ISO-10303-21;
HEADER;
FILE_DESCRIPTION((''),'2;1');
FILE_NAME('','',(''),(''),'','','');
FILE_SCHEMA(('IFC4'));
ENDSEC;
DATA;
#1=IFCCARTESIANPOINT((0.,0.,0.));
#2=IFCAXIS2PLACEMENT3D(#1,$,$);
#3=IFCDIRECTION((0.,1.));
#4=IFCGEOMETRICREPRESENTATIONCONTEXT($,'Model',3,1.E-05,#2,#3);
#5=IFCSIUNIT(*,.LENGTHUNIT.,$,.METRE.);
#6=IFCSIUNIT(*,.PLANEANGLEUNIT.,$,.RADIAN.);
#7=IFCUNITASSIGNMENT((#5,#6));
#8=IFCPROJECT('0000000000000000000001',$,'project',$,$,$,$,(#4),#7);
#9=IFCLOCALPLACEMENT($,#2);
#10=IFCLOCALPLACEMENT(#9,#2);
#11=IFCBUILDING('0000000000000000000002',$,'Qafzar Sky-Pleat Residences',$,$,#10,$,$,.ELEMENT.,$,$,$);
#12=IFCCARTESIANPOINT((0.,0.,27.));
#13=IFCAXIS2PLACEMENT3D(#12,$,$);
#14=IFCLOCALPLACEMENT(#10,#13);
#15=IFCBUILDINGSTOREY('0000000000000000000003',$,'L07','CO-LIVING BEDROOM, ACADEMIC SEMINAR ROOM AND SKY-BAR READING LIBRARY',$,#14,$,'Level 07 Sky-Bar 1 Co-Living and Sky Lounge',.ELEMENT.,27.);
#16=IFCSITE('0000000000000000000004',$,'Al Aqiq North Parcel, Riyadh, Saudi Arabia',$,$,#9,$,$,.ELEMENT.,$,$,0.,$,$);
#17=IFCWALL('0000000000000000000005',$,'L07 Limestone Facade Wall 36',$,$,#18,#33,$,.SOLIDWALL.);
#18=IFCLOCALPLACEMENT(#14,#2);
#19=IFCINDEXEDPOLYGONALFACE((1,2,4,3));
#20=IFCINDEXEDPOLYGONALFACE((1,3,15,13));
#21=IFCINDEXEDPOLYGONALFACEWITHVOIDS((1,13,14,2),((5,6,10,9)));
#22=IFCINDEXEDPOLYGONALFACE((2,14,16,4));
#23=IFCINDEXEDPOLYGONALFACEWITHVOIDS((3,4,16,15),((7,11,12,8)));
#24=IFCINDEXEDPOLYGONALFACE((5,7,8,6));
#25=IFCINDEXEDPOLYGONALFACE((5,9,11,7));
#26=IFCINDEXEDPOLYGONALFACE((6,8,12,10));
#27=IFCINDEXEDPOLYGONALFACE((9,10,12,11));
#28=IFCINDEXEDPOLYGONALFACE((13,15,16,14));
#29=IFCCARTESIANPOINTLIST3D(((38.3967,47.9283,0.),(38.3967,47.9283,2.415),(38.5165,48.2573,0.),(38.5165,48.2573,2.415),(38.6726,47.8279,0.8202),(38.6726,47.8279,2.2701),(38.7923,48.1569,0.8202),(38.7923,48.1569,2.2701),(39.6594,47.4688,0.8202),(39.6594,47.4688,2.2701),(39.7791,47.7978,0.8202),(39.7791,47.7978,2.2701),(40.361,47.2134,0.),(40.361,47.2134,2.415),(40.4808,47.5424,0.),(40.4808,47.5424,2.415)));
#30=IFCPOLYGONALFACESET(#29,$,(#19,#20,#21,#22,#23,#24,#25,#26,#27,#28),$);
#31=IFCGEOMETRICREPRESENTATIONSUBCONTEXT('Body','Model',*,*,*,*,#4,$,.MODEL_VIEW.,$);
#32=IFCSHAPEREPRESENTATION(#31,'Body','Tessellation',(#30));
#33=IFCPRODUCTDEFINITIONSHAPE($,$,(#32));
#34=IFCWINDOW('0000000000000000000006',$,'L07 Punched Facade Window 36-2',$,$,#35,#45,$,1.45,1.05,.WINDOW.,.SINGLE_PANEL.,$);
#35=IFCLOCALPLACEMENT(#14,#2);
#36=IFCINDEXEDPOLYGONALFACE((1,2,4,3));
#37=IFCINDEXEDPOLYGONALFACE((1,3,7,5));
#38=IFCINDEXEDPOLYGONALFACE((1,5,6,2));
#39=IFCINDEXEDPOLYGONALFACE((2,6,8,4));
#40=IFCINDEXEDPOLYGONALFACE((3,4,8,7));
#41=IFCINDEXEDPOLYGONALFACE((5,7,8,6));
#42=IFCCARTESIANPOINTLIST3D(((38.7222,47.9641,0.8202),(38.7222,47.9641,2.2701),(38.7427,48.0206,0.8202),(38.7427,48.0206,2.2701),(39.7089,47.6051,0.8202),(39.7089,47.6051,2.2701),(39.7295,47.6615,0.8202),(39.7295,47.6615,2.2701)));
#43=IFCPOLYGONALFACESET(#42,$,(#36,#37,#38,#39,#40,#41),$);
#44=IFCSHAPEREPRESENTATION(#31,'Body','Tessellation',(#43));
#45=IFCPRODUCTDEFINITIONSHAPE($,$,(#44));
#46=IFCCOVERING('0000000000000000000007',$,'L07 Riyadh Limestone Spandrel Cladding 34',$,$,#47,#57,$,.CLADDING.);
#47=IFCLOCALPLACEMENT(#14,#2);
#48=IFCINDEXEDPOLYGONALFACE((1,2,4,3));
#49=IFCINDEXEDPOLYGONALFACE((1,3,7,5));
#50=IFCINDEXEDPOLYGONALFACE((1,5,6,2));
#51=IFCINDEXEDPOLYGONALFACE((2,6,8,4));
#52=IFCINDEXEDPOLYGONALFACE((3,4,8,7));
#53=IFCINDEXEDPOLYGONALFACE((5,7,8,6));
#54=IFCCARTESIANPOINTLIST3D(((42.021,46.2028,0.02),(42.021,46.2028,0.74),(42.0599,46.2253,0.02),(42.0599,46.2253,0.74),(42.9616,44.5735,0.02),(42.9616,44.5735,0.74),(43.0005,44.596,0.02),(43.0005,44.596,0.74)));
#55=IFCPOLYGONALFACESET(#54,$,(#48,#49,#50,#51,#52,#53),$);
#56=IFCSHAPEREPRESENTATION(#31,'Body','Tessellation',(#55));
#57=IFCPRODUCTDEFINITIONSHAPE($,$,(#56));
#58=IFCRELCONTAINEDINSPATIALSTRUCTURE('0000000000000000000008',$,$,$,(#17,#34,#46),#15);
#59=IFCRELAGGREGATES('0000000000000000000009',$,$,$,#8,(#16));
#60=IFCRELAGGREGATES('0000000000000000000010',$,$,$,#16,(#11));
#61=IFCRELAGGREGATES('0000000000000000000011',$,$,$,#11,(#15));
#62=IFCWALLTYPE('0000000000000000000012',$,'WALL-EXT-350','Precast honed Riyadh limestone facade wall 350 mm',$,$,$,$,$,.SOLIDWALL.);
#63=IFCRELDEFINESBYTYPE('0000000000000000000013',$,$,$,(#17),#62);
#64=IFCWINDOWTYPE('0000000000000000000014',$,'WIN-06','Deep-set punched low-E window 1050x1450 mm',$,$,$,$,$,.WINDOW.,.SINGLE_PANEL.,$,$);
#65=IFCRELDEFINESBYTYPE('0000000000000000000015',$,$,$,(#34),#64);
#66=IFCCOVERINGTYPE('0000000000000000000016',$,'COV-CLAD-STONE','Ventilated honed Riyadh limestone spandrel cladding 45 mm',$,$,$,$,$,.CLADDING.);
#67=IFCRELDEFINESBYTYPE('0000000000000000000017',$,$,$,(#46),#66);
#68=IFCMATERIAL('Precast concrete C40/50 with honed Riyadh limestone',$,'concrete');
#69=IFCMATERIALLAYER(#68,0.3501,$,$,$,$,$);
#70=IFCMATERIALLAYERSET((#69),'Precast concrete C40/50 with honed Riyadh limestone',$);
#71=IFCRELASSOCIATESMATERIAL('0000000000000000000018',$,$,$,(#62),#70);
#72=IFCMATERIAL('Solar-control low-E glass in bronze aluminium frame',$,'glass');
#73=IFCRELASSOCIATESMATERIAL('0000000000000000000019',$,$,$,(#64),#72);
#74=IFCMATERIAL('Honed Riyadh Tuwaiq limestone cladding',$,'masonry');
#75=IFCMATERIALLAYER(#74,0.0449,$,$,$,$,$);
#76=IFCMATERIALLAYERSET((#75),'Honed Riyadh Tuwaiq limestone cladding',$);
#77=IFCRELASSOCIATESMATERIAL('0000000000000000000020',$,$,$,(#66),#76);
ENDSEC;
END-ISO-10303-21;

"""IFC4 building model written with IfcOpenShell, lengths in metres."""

from ifc_helpers import new_model, si_unit, direction, frame, frame_2d, origin, origin_2d, place, context, subcontext, project, spatial, rectangle, extrude, source, transform, mapped, material, layer, layer_set, type_object, element, fill, save


model = new_model("IFC4")

# Units and contexts
model_context = context("Model", 3, precision=1e-05, world=origin(), true_north=direction((0.0, 1.0)))
body_context = subcontext(model_context, "Body", "Model", "MODEL_VIEW")
ifc_project = project(units=[si_unit("LENGTHUNIT", "METRE"), si_unit("PLANEANGLEUNIT", "RADIAN")], contexts=[model_context])

# Site, building, storey
site_placement = place(None, origin())
site = spatial("IfcSite", under=ifc_project, at=site_placement, Name="Al Aqiq North Parcel, Riyadh, Saudi Arabia", CompositionType="ELEMENT", RefElevation=0.0)
building_placement = place(site_placement, origin())
building = spatial("IfcBuilding", under=site, at=building_placement, Name="Qafzar Sky-Pleat Residences", CompositionType="ELEMENT")
storey_placement = place(building_placement, frame((0.0, 0.0, 27.0)))
storey = spatial("IfcBuildingStorey", under=building, at=storey_placement, Name="L07", Description="CO-LIVING BEDROOM, ACADEMIC SEMINAR ROOM AND SKY-BAR READING LIBRARY", LongName="Level 07 Sky-Bar 1 Co-Living and Sky Lounge", CompositionType="ELEMENT", Elevation=27.0)

# Wall, opening, window
ifc_material_1 = material(Name="Precast concrete C40/50 with honed Riyadh limestone", Category="concrete")
ifc_layer_1 = layer(ifc_material_1, 0.3501)
ifc_layer_set_1 = layer_set([ifc_layer_1], Name="Precast concrete C40/50 with honed Riyadh limestone")
wall_type_1 = type_object("IfcWallType", Name="WALL-EXT-350", Description="Precast honed Riyadh limestone facade wall 350 mm", PredefinedType="SOLIDWALL", material=ifc_layer_set_1)
ifc_material_2 = material(Name="Solar-control low-E glass in bronze aluminium frame", Category="glass")
wall_1_placement = place(storey_placement, frame((40.4209, 47.3779, 0.0), z_axis=(0.0, 0.0, 1.0), x_axis=(-0.939712, 0.341968, 0.0)))
wall_1 = element("IfcWall", 1, at=wall_1_placement, inside=storey, type_object=wall_type_1, Name="L07 Limestone Facade Wall 36", PredefinedType="SOLIDWALL", context=body_context, shape_type="SweptSolid", body=[
    extrude(rectangle(XDim=2.0903, YDim=0.3501, at=frame_2d((1.0452, 0.0))), origin(), (0.0, 0.0, 1.0), 2.415),
])
opening_1_placement = place(wall_1_placement, frame((0.7468, 0.0, 0.8201)))
opening_1 = element("IfcOpeningElement", 2, at=opening_1_placement, cuts=wall_1, PredefinedType="OPENING", context=body_context, shape_type="SweptSolid", body=[
    extrude(rectangle(XDim=1.05, YDim=1.45, at=frame_2d((0.5249, 0.7251))), frame((0.0, 0.1851, 0.0), z_axis=(0.0, -1.0, 0.0), x_axis=(1.0, 0.0, 0.0)), (0.0, 0.0, 1.0), 0.3701),
])
window_type_1 = type_object("IfcWindowType", Name="WIN-06", Description="Deep-set punched low-E window 1050x1450 mm", PartitioningType="SINGLE_PANEL", PredefinedType="WINDOW", material=ifc_material_2)
shared_shape_1 = source(origin(), body_context, "Body", "SweptSolid", [
    extrude(rectangle(XDim=1.05, YDim=1.45, at=frame_2d((0.5249, 0.7251))), frame((0.0, 0.03, 0.0), z_axis=(0.0, -1.0, 0.0), x_axis=(1.0, 0.0, 0.0)), (0.0, 0.0, 1.0), 0.0601),
])
window_1_placement = place(opening_1_placement, origin())
window_1 = element("IfcWindow", 3, at=window_1_placement, inside=storey, type_object=window_type_1, Name="L07 Punched Facade Window 36-2", OverallHeight=1.45, OverallWidth=1.05, PartitioningType="SINGLE_PANEL", PredefinedType="WINDOW", context=body_context, shape_type="MappedRepresentation", body=[
    mapped(shared_shape_1, transform((0.0, 0.0, 0.0), x_axis=(1.0, 0.0, 0.0), y_axis=(0.0, 1.0, 0.0), z_axis=(0.0, 0.0, 1.0), scale=1.0)),
])
fill(opening_1, window_1)

# Covering
ifc_material_3 = material(Name="Honed Riyadh Tuwaiq limestone cladding", Category="masonry")
ifc_layer_2 = layer(ifc_material_3, 0.0449)
ifc_layer_set_2 = layer_set([ifc_layer_2], Name="Honed Riyadh Tuwaiq limestone cladding")
covering_type = type_object("IfcCoveringType", Name="COV-CLAD-STONE", Description="Ventilated honed Riyadh limestone spandrel cladding 45 mm", PredefinedType="CLADDING", material=ifc_layer_set_2)
shared_shape_2 = source(origin(), body_context, "Body", "SweptSolid", [
    extrude(rectangle(XDim=1.8813, YDim=0.0449, at=origin_2d()), origin(), (0.0, 0.0, 1.0), 0.72),
])
covering_placement = place(storey_placement, frame((42.5107, 45.3994, 0.02), z_axis=(0.0, 0.0, 1.0), x_axis=(-0.499972, 0.866041, 0.0)))
element("IfcCovering", 4, at=covering_placement, inside=storey, type_object=covering_type, Name="L07 Riyadh Limestone Spandrel Cladding 34", PredefinedType="CLADDING", context=body_context, shape_type="MappedRepresentation", body=[
    mapped(shared_shape_2, transform((0.0, 0.0, 0.0), x_axis=(1.0, 0.0, 0.0), y_axis=(0.0, 1.0, 0.0), z_axis=(0.0, 0.0, 1.0), scale=1.0)),
])

save(model, "model.ifc")
